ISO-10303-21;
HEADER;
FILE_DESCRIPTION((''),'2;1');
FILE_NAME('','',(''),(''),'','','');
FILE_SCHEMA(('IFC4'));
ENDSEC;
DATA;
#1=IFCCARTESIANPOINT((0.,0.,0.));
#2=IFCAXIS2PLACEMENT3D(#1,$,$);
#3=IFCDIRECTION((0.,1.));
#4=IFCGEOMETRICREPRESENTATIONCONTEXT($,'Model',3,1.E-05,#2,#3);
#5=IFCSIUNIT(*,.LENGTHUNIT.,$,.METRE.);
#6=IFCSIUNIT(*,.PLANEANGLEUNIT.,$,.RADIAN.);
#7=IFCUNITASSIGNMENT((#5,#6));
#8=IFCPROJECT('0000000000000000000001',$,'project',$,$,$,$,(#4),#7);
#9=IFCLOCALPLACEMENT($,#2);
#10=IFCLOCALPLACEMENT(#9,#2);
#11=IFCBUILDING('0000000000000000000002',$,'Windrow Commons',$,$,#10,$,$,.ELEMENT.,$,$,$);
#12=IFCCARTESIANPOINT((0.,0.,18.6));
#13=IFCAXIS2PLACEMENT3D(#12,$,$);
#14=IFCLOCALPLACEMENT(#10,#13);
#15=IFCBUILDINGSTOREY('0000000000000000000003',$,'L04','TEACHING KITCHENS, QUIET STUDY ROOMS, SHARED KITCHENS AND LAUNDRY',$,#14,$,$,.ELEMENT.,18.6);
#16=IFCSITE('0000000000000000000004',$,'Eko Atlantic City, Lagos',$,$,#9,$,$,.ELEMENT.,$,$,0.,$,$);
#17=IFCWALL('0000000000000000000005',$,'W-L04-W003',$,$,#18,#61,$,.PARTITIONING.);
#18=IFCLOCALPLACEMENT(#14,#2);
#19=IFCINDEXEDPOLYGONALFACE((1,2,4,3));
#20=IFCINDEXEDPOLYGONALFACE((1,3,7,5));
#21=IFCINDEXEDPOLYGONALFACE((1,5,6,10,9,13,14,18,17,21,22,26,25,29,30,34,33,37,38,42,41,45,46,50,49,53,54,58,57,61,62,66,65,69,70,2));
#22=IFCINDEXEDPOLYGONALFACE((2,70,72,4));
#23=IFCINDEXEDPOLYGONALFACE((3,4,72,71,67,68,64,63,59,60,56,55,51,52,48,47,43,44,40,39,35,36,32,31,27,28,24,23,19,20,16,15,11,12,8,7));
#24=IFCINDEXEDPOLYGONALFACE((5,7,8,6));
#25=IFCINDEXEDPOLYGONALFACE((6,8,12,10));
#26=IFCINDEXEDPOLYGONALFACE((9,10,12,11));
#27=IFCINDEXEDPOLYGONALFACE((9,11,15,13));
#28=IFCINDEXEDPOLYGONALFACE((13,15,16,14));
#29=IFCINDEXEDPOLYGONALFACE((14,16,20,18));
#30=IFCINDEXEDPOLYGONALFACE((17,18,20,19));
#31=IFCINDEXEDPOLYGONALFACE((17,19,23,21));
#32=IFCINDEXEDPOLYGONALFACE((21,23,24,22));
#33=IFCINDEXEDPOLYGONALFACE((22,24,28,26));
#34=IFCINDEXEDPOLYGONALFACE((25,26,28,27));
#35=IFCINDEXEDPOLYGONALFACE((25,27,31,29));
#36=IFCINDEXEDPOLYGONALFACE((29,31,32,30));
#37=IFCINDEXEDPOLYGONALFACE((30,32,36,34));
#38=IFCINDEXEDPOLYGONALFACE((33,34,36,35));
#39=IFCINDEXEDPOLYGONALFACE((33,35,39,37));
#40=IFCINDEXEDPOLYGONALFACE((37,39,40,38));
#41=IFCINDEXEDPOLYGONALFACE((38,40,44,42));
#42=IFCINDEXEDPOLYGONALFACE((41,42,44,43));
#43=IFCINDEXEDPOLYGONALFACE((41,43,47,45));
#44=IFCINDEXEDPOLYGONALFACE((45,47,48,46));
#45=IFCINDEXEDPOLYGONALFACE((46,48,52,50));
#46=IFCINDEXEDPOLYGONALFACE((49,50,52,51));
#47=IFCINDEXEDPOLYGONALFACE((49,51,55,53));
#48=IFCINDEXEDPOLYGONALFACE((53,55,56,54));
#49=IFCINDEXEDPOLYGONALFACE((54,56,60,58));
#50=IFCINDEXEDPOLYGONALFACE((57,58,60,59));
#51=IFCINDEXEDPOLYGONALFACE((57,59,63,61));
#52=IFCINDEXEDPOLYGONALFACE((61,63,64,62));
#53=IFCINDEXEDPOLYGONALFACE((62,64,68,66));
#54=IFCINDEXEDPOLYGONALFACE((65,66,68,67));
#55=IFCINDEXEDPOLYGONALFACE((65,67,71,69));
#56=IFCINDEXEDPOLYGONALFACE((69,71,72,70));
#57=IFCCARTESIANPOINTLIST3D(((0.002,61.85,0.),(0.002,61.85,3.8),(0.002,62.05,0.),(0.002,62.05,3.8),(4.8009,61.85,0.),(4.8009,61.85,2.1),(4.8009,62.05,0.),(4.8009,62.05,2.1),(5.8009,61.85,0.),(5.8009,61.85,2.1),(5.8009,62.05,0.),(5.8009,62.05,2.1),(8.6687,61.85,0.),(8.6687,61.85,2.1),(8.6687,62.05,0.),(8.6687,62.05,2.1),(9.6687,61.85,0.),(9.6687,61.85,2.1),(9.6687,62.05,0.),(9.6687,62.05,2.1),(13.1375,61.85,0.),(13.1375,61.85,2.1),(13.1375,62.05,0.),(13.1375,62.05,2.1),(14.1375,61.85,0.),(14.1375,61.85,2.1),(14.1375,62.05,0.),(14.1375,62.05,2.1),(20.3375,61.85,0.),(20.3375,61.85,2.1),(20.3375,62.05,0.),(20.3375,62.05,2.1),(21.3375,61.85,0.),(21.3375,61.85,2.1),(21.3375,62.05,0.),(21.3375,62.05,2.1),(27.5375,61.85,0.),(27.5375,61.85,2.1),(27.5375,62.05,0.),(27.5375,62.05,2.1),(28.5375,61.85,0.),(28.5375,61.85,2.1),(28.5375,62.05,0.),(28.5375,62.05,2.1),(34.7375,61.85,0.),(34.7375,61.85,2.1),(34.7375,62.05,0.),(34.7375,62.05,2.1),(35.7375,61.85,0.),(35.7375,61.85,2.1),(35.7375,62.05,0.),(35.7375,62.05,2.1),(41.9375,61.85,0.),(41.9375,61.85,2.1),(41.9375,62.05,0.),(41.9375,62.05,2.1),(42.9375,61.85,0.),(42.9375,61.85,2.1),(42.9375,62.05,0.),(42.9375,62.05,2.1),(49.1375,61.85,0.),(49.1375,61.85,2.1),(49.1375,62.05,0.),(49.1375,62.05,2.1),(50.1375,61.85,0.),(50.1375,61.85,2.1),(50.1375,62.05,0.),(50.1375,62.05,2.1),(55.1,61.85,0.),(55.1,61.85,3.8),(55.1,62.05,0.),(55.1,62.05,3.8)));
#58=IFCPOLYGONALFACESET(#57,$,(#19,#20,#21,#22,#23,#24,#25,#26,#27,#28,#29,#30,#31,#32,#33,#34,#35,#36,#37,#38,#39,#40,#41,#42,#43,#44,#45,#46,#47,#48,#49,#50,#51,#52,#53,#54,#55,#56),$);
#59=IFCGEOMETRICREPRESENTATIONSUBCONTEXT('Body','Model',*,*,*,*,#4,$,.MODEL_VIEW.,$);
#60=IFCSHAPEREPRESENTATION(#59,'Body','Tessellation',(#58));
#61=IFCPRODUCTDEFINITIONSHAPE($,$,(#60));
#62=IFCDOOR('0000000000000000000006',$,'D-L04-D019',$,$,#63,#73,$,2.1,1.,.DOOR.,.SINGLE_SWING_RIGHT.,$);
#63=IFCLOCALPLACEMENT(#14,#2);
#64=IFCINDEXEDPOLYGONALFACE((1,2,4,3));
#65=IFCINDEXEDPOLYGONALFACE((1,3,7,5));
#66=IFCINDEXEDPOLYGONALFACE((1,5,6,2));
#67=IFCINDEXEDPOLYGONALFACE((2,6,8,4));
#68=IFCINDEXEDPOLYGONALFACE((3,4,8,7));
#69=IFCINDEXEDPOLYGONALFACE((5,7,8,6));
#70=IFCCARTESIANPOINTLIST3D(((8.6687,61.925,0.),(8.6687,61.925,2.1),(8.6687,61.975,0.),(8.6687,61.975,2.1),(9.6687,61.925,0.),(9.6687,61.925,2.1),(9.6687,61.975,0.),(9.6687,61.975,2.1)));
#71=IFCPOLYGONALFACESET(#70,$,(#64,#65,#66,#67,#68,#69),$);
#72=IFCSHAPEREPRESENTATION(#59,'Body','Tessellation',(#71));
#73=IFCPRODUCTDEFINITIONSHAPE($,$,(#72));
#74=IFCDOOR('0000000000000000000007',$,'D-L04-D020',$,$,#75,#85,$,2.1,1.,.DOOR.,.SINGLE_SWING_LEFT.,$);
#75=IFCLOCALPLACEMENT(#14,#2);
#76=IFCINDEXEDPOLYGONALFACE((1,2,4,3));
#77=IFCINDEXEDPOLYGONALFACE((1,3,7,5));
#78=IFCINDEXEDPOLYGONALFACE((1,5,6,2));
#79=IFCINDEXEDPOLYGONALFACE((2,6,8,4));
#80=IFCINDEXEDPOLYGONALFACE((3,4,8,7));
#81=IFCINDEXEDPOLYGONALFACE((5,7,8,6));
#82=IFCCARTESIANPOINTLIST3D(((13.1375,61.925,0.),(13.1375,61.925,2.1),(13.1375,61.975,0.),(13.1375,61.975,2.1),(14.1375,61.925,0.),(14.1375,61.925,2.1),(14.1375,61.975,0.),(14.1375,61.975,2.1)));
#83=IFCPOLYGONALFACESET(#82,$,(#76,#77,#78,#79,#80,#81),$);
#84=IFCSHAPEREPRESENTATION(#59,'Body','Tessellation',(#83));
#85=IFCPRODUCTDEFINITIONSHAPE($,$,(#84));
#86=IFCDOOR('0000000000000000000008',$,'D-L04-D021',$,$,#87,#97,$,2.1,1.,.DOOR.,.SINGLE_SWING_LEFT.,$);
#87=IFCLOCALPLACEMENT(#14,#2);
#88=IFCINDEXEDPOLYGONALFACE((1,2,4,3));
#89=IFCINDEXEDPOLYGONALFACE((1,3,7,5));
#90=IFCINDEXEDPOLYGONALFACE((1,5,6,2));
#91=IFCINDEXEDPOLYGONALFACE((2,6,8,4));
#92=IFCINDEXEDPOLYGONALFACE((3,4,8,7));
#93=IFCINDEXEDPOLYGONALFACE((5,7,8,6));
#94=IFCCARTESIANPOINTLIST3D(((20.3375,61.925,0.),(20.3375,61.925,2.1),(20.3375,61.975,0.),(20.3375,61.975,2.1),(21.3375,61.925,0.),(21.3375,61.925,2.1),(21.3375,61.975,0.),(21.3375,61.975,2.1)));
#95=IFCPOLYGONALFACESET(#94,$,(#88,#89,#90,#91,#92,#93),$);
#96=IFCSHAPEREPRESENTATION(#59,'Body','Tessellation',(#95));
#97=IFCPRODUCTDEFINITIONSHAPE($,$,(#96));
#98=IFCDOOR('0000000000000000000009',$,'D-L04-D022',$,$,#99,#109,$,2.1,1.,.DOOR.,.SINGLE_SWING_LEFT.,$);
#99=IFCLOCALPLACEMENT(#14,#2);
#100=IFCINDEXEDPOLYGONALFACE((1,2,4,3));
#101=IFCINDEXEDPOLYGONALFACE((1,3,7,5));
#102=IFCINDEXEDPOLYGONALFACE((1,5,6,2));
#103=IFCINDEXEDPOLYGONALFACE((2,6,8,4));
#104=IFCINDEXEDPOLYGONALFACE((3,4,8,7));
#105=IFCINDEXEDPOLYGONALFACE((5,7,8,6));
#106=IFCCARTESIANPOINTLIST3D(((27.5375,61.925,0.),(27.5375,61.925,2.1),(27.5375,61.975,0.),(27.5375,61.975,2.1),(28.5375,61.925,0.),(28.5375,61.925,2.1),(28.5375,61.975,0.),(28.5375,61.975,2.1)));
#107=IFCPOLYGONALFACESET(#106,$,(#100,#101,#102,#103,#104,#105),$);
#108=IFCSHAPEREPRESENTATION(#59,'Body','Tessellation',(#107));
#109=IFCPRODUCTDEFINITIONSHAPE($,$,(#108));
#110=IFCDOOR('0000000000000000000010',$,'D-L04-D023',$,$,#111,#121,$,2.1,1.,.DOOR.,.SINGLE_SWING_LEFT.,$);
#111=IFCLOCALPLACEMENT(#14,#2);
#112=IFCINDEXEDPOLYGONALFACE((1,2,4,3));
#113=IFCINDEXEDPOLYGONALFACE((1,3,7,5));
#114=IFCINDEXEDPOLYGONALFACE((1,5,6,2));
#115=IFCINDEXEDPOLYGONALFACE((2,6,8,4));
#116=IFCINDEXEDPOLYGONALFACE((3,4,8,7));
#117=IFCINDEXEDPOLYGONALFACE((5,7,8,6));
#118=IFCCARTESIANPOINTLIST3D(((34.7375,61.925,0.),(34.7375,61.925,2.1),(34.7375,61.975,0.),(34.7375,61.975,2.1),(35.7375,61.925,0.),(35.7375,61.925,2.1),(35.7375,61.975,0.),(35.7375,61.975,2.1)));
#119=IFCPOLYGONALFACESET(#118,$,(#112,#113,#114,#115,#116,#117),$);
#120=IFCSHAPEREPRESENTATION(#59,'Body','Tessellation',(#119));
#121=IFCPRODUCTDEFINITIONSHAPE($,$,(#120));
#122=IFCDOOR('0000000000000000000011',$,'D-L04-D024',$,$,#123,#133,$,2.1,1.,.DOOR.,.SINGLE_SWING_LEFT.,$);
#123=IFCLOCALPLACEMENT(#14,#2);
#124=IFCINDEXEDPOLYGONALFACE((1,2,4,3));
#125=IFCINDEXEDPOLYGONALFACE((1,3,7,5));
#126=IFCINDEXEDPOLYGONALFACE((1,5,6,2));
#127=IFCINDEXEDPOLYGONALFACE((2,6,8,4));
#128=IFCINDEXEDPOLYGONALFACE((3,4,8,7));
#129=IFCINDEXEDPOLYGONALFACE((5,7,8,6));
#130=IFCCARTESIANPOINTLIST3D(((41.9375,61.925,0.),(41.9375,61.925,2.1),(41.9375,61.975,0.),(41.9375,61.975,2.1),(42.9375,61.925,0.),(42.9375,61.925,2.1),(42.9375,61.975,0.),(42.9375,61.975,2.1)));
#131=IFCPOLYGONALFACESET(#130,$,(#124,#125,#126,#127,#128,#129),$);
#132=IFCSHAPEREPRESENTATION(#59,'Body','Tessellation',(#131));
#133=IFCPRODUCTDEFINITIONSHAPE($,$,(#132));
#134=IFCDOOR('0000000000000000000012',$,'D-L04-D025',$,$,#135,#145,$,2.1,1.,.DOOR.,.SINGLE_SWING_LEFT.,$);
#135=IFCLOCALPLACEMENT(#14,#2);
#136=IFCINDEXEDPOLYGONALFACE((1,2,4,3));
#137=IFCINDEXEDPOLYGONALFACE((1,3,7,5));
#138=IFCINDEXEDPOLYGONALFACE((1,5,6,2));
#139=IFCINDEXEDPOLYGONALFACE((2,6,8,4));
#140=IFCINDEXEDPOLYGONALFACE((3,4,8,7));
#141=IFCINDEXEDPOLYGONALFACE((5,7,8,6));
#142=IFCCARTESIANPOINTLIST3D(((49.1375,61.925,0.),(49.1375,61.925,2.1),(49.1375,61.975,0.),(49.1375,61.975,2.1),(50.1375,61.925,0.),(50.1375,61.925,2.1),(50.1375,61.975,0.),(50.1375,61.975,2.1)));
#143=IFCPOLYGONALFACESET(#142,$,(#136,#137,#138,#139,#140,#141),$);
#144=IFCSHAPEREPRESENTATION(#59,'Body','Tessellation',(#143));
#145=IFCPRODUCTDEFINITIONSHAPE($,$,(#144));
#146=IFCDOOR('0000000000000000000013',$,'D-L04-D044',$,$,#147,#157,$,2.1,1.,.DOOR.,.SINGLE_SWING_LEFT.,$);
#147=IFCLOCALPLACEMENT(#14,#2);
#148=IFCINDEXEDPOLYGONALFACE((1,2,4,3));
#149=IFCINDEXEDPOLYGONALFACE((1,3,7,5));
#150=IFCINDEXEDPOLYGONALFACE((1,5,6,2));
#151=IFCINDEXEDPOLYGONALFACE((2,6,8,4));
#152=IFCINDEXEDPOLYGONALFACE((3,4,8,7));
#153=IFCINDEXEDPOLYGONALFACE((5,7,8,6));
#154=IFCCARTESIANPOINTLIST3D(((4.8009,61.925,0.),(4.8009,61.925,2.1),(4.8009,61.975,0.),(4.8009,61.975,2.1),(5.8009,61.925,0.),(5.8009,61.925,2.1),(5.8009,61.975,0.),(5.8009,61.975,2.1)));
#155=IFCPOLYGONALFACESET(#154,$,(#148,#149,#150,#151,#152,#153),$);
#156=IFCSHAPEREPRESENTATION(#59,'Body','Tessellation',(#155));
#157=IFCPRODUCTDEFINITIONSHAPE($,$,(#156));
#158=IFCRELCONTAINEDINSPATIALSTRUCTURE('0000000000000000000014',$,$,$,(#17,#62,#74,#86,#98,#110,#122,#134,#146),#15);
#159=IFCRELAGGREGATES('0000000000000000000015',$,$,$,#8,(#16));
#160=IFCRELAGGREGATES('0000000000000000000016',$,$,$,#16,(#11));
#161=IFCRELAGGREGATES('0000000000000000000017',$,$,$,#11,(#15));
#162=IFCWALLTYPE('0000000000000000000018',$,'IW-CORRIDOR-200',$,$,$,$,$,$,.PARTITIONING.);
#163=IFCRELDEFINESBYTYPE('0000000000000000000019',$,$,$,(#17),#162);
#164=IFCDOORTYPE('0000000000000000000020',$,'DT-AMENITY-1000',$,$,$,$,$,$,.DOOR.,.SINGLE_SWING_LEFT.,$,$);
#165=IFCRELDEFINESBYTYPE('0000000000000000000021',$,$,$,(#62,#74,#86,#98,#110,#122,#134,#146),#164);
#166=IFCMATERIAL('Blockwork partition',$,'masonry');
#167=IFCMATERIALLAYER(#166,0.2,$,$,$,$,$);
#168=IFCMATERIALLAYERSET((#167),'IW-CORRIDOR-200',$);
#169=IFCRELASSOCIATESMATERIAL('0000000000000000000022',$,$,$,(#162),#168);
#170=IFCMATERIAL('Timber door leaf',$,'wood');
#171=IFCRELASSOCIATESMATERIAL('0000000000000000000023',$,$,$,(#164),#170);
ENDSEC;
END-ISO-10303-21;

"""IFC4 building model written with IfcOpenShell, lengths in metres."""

from ifc_helpers import new_model, si_unit, direction, frame, frame_2d, origin, place, context, subcontext, project, spatial, rectangle, extrude, material, layer, layer_set, type_object, element, fill, save


model = new_model("IFC4")

# Units and contexts
model_context = context("Model", 3, precision=1e-05, world=origin(), true_north=direction((0.0, 1.0)))
body_context = subcontext(model_context, "Body", "Model", "MODEL_VIEW")
ifc_project = project(units=[si_unit("LENGTHUNIT", "METRE"), si_unit("PLANEANGLEUNIT", "RADIAN")], contexts=[model_context])

# Site, building, storey
site_placement = place(None, origin())
site = spatial("IfcSite", under=ifc_project, at=site_placement, Name="Eko Atlantic City, Lagos", CompositionType="ELEMENT", RefElevation=0.0)
building_placement = place(site_placement, origin())
building = spatial("IfcBuilding", under=site, at=building_placement, Name="Windrow Commons", CompositionType="ELEMENT")
storey_placement = place(building_placement, frame((0.0, 0.0, 18.6)))
storey = spatial("IfcBuildingStorey", under=building, at=storey_placement, Name="L04", Description="TEACHING KITCHENS, QUIET STUDY ROOMS, SHARED KITCHENS AND LAUNDRY", CompositionType="ELEMENT", Elevation=18.6)

# Wall, openings, doors
ifc_material_1 = material(Name="Blockwork partition", Category="masonry")
ifc_layer_1 = layer(ifc_material_1, 0.2)
ifc_layer_set_1 = layer_set([ifc_layer_1], Name="IW-CORRIDOR-200")
wall_type_1 = type_object("IfcWallType", Name="IW-CORRIDOR-200", PredefinedType="PARTITIONING", material=ifc_layer_set_1)
ifc_material_2 = material(Name="Timber door leaf", Category="wood")
door_type = type_object("IfcDoorType", Name="DT-AMENITY-1000", OperationType="SINGLE_SWING_LEFT", PredefinedType="DOOR", material=ifc_material_2)
wall_1_placement = place(storey_placement, frame((0.002, 61.95, 0.0), z_axis=(0.0, 0.0, 1.0), x_axis=(1.0, 0.0, 0.0)))
wall_1 = element("IfcWall", 1, at=wall_1_placement, inside=storey, type_object=wall_type_1, Name="W-L04-W003", PredefinedType="PARTITIONING", context=body_context, shape_type="SweptSolid", body=[
    extrude(rectangle(XDim=55.098, YDim=0.2, at=frame_2d((27.549, 0.0))), origin(), (0.0, 0.0, 1.0), 3.8),
])
opening_1_placement = place(wall_1_placement, frame((8.6667, 0.0, 0.0)))
opening_1 = element("IfcOpeningElement", 2, at=opening_1_placement, cuts=wall_1, PredefinedType="OPENING", context=body_context, shape_type="SweptSolid", body=[
    extrude(rectangle(XDim=1.0, YDim=2.1, at=frame_2d((0.5, 1.05))), frame((0.0, 0.11, 0.0), z_axis=(0.0, -1.0, 0.0), x_axis=(1.0, 0.0, 0.0)), (0.0, 0.0, 1.0), 0.22),
])
opening_2_placement = place(wall_1_placement, frame((13.1355, 0.0, 0.0)))
opening_2 = element("IfcOpeningElement", 3, at=opening_2_placement, cuts=wall_1, PredefinedType="OPENING", context=body_context, shape_type="SweptSolid", body=[
    extrude(rectangle(XDim=1.0, YDim=2.1, at=frame_2d((0.5, 1.05))), frame((0.0, 0.11, 0.0), z_axis=(0.0, -1.0, 0.0), x_axis=(1.0, 0.0, 0.0)), (0.0, 0.0, 1.0), 0.22),
])
opening_3_placement = place(wall_1_placement, frame((20.3355, 0.0, 0.0)))
opening_3 = element("IfcOpeningElement", 4, at=opening_3_placement, cuts=wall_1, PredefinedType="OPENING", context=body_context, shape_type="SweptSolid", body=[
    extrude(rectangle(XDim=1.0, YDim=2.1, at=frame_2d((0.5, 1.05))), frame((0.0, 0.11, 0.0), z_axis=(0.0, -1.0, 0.0), x_axis=(1.0, 0.0, 0.0)), (0.0, 0.0, 1.0), 0.22),
])
opening_4_placement = place(wall_1_placement, frame((27.5355, 0.0, 0.0)))
opening_4 = element("IfcOpeningElement", 5, at=opening_4_placement, cuts=wall_1, PredefinedType="OPENING", context=body_context, shape_type="SweptSolid", body=[
    extrude(rectangle(XDim=1.0, YDim=2.1, at=frame_2d((0.5, 1.05))), frame((0.0, 0.11, 0.0), z_axis=(0.0, -1.0, 0.0), x_axis=(1.0, 0.0, 0.0)), (0.0, 0.0, 1.0), 0.22),
])
opening_5_placement = place(wall_1_placement, frame((34.7355, 0.0, 0.0)))
opening_5 = element("IfcOpeningElement", 6, at=opening_5_placement, cuts=wall_1, PredefinedType="OPENING", context=body_context, shape_type="SweptSolid", body=[
    extrude(rectangle(XDim=1.0, YDim=2.1, at=frame_2d((0.5, 1.05))), frame((0.0, 0.11, 0.0), z_axis=(0.0, -1.0, 0.0), x_axis=(1.0, 0.0, 0.0)), (0.0, 0.0, 1.0), 0.22),
])
opening_6_placement = place(wall_1_placement, frame((41.9355, 0.0, 0.0)))
opening_6 = element("IfcOpeningElement", 7, at=opening_6_placement, cuts=wall_1, PredefinedType="OPENING", context=body_context, shape_type="SweptSolid", body=[
    extrude(rectangle(XDim=1.0, YDim=2.1, at=frame_2d((0.5, 1.05))), frame((0.0, 0.11, 0.0), z_axis=(0.0, -1.0, 0.0), x_axis=(1.0, 0.0, 0.0)), (0.0, 0.0, 1.0), 0.22),
])
opening_7_placement = place(wall_1_placement, frame((49.1355, 0.0, 0.0)))
opening_7 = element("IfcOpeningElement", 8, at=opening_7_placement, cuts=wall_1, PredefinedType="OPENING", context=body_context, shape_type="SweptSolid", body=[
    extrude(rectangle(XDim=1.0, YDim=2.1, at=frame_2d((0.5, 1.05))), frame((0.0, 0.11, 0.0), z_axis=(0.0, -1.0, 0.0), x_axis=(1.0, 0.0, 0.0)), (0.0, 0.0, 1.0), 0.22),
])
opening_8_placement = place(wall_1_placement, frame((4.7989, 0.0, 0.0)))
opening_8 = element("IfcOpeningElement", 9, at=opening_8_placement, cuts=wall_1, PredefinedType="OPENING", context=body_context, shape_type="SweptSolid", body=[
    extrude(rectangle(XDim=1.0, YDim=2.1, at=frame_2d((0.5, 1.05))), frame((0.0, 0.11, 0.0), z_axis=(0.0, -1.0, 0.0), x_axis=(1.0, 0.0, 0.0)), (0.0, 0.0, 1.0), 0.22),
])
door_1_placement = place(opening_1_placement, origin())
door_1 = element("IfcDoor", 10, at=door_1_placement, inside=storey, type_object=door_type, Name="D-L04-D019", OperationType="SINGLE_SWING_RIGHT", OverallHeight=2.1, OverallWidth=1.0, PredefinedType="DOOR", context=body_context, shape_type="SweptSolid", body=[
    extrude(rectangle(XDim=1.0, YDim=2.1, at=frame_2d((0.5, 1.05))), frame((0.0, 0.025, 0.0), z_axis=(0.0, -1.0, 0.0), x_axis=(1.0, 0.0, 0.0)), (0.0, 0.0, 1.0), 0.05),
])
fill(opening_1, door_1)
door_2_placement = place(opening_2_placement, origin())
door_2 = element("IfcDoor", 11, at=door_2_placement, inside=storey, type_object=door_type, Name="D-L04-D020", OperationType="SINGLE_SWING_LEFT", OverallHeight=2.1, OverallWidth=1.0, PredefinedType="DOOR", context=body_context, shape_type="SweptSolid", body=[
    extrude(rectangle(XDim=1.0, YDim=2.1, at=frame_2d((0.5, 1.05))), frame((0.0, 0.025, 0.0), z_axis=(0.0, -1.0, 0.0), x_axis=(1.0, 0.0, 0.0)), (0.0, 0.0, 1.0), 0.05),
])
fill(opening_2, door_2)
door_3_placement = place(opening_3_placement, origin())
door_3 = element("IfcDoor", 12, at=door_3_placement, inside=storey, type_object=door_type, Name="D-L04-D021", OperationType="SINGLE_SWING_LEFT", OverallHeight=2.1, OverallWidth=1.0, PredefinedType="DOOR", context=body_context, shape_type="SweptSolid", body=[
    extrude(rectangle(XDim=1.0, YDim=2.1, at=frame_2d((0.5, 1.05))), frame((0.0, 0.025, 0.0), z_axis=(0.0, -1.0, 0.0), x_axis=(1.0, 0.0, 0.0)), (0.0, 0.0, 1.0), 0.05),
])
fill(opening_3, door_3)
door_4_placement = place(opening_4_placement, origin())
door_4 = element("IfcDoor", 13, at=door_4_placement, inside=storey, type_object=door_type, Name="D-L04-D022", OperationType="SINGLE_SWING_LEFT", OverallHeight=2.1, OverallWidth=1.0, PredefinedType="DOOR", context=body_context, shape_type="SweptSolid", body=[
    extrude(rectangle(XDim=1.0, YDim=2.1, at=frame_2d((0.5, 1.05))), frame((0.0, 0.025, 0.0), z_axis=(0.0, -1.0, 0.0), x_axis=(1.0, 0.0, 0.0)), (0.0, 0.0, 1.0), 0.05),
])
fill(opening_4, door_4)
door_5_placement = place(opening_5_placement, origin())
door_5 = element("IfcDoor", 14, at=door_5_placement, inside=storey, type_object=door_type, Name="D-L04-D023", OperationType="SINGLE_SWING_LEFT", OverallHeight=2.1, OverallWidth=1.0, PredefinedType="DOOR", context=body_context, shape_type="SweptSolid", body=[
    extrude(rectangle(XDim=1.0, YDim=2.1, at=frame_2d((0.5, 1.05))), frame((0.0, 0.025, 0.0), z_axis=(0.0, -1.0, 0.0), x_axis=(1.0, 0.0, 0.0)), (0.0, 0.0, 1.0), 0.05),
])
fill(opening_5, door_5)
door_6_placement = place(opening_6_placement, origin())
door_6 = element("IfcDoor", 15, at=door_6_placement, inside=storey, type_object=door_type, Name="D-L04-D024", OperationType="SINGLE_SWING_LEFT", OverallHeight=2.1, OverallWidth=1.0, PredefinedType="DOOR", context=body_context, shape_type="SweptSolid", body=[
    extrude(rectangle(XDim=1.0, YDim=2.1, at=frame_2d((0.5, 1.05))), frame((0.0, 0.025, 0.0), z_axis=(0.0, -1.0, 0.0), x_axis=(1.0, 0.0, 0.0)), (0.0, 0.0, 1.0), 0.05),
])
fill(opening_6, door_6)
door_7_placement = place(opening_7_placement, origin())
door_7 = element("IfcDoor", 16, at=door_7_placement, inside=storey, type_object=door_type, Name="D-L04-D025", OperationType="SINGLE_SWING_LEFT", OverallHeight=2.1, OverallWidth=1.0, PredefinedType="DOOR", context=body_context, shape_type="SweptSolid", body=[
    extrude(rectangle(XDim=1.0, YDim=2.1, at=frame_2d((0.5, 1.05))), frame((0.0, 0.025, 0.0), z_axis=(0.0, -1.0, 0.0), x_axis=(1.0, 0.0, 0.0)), (0.0, 0.0, 1.0), 0.05),
])
fill(opening_7, door_7)
door_8_placement = place(opening_8_placement, origin())
door_8 = element("IfcDoor", 17, at=door_8_placement, inside=storey, type_object=door_type, Name="D-L04-D044", OperationType="SINGLE_SWING_LEFT", OverallHeight=2.1, OverallWidth=1.0, PredefinedType="DOOR", context=body_context, shape_type="SweptSolid", body=[
    extrude(rectangle(XDim=1.0, YDim=2.1, at=frame_2d((0.5, 1.05))), frame((0.0, 0.025, 0.0), z_axis=(0.0, -1.0, 0.0), x_axis=(1.0, 0.0, 0.0)), (0.0, 0.0, 1.0), 0.05),
])
fill(opening_8, door_8)

save(model, "model.ifc")
